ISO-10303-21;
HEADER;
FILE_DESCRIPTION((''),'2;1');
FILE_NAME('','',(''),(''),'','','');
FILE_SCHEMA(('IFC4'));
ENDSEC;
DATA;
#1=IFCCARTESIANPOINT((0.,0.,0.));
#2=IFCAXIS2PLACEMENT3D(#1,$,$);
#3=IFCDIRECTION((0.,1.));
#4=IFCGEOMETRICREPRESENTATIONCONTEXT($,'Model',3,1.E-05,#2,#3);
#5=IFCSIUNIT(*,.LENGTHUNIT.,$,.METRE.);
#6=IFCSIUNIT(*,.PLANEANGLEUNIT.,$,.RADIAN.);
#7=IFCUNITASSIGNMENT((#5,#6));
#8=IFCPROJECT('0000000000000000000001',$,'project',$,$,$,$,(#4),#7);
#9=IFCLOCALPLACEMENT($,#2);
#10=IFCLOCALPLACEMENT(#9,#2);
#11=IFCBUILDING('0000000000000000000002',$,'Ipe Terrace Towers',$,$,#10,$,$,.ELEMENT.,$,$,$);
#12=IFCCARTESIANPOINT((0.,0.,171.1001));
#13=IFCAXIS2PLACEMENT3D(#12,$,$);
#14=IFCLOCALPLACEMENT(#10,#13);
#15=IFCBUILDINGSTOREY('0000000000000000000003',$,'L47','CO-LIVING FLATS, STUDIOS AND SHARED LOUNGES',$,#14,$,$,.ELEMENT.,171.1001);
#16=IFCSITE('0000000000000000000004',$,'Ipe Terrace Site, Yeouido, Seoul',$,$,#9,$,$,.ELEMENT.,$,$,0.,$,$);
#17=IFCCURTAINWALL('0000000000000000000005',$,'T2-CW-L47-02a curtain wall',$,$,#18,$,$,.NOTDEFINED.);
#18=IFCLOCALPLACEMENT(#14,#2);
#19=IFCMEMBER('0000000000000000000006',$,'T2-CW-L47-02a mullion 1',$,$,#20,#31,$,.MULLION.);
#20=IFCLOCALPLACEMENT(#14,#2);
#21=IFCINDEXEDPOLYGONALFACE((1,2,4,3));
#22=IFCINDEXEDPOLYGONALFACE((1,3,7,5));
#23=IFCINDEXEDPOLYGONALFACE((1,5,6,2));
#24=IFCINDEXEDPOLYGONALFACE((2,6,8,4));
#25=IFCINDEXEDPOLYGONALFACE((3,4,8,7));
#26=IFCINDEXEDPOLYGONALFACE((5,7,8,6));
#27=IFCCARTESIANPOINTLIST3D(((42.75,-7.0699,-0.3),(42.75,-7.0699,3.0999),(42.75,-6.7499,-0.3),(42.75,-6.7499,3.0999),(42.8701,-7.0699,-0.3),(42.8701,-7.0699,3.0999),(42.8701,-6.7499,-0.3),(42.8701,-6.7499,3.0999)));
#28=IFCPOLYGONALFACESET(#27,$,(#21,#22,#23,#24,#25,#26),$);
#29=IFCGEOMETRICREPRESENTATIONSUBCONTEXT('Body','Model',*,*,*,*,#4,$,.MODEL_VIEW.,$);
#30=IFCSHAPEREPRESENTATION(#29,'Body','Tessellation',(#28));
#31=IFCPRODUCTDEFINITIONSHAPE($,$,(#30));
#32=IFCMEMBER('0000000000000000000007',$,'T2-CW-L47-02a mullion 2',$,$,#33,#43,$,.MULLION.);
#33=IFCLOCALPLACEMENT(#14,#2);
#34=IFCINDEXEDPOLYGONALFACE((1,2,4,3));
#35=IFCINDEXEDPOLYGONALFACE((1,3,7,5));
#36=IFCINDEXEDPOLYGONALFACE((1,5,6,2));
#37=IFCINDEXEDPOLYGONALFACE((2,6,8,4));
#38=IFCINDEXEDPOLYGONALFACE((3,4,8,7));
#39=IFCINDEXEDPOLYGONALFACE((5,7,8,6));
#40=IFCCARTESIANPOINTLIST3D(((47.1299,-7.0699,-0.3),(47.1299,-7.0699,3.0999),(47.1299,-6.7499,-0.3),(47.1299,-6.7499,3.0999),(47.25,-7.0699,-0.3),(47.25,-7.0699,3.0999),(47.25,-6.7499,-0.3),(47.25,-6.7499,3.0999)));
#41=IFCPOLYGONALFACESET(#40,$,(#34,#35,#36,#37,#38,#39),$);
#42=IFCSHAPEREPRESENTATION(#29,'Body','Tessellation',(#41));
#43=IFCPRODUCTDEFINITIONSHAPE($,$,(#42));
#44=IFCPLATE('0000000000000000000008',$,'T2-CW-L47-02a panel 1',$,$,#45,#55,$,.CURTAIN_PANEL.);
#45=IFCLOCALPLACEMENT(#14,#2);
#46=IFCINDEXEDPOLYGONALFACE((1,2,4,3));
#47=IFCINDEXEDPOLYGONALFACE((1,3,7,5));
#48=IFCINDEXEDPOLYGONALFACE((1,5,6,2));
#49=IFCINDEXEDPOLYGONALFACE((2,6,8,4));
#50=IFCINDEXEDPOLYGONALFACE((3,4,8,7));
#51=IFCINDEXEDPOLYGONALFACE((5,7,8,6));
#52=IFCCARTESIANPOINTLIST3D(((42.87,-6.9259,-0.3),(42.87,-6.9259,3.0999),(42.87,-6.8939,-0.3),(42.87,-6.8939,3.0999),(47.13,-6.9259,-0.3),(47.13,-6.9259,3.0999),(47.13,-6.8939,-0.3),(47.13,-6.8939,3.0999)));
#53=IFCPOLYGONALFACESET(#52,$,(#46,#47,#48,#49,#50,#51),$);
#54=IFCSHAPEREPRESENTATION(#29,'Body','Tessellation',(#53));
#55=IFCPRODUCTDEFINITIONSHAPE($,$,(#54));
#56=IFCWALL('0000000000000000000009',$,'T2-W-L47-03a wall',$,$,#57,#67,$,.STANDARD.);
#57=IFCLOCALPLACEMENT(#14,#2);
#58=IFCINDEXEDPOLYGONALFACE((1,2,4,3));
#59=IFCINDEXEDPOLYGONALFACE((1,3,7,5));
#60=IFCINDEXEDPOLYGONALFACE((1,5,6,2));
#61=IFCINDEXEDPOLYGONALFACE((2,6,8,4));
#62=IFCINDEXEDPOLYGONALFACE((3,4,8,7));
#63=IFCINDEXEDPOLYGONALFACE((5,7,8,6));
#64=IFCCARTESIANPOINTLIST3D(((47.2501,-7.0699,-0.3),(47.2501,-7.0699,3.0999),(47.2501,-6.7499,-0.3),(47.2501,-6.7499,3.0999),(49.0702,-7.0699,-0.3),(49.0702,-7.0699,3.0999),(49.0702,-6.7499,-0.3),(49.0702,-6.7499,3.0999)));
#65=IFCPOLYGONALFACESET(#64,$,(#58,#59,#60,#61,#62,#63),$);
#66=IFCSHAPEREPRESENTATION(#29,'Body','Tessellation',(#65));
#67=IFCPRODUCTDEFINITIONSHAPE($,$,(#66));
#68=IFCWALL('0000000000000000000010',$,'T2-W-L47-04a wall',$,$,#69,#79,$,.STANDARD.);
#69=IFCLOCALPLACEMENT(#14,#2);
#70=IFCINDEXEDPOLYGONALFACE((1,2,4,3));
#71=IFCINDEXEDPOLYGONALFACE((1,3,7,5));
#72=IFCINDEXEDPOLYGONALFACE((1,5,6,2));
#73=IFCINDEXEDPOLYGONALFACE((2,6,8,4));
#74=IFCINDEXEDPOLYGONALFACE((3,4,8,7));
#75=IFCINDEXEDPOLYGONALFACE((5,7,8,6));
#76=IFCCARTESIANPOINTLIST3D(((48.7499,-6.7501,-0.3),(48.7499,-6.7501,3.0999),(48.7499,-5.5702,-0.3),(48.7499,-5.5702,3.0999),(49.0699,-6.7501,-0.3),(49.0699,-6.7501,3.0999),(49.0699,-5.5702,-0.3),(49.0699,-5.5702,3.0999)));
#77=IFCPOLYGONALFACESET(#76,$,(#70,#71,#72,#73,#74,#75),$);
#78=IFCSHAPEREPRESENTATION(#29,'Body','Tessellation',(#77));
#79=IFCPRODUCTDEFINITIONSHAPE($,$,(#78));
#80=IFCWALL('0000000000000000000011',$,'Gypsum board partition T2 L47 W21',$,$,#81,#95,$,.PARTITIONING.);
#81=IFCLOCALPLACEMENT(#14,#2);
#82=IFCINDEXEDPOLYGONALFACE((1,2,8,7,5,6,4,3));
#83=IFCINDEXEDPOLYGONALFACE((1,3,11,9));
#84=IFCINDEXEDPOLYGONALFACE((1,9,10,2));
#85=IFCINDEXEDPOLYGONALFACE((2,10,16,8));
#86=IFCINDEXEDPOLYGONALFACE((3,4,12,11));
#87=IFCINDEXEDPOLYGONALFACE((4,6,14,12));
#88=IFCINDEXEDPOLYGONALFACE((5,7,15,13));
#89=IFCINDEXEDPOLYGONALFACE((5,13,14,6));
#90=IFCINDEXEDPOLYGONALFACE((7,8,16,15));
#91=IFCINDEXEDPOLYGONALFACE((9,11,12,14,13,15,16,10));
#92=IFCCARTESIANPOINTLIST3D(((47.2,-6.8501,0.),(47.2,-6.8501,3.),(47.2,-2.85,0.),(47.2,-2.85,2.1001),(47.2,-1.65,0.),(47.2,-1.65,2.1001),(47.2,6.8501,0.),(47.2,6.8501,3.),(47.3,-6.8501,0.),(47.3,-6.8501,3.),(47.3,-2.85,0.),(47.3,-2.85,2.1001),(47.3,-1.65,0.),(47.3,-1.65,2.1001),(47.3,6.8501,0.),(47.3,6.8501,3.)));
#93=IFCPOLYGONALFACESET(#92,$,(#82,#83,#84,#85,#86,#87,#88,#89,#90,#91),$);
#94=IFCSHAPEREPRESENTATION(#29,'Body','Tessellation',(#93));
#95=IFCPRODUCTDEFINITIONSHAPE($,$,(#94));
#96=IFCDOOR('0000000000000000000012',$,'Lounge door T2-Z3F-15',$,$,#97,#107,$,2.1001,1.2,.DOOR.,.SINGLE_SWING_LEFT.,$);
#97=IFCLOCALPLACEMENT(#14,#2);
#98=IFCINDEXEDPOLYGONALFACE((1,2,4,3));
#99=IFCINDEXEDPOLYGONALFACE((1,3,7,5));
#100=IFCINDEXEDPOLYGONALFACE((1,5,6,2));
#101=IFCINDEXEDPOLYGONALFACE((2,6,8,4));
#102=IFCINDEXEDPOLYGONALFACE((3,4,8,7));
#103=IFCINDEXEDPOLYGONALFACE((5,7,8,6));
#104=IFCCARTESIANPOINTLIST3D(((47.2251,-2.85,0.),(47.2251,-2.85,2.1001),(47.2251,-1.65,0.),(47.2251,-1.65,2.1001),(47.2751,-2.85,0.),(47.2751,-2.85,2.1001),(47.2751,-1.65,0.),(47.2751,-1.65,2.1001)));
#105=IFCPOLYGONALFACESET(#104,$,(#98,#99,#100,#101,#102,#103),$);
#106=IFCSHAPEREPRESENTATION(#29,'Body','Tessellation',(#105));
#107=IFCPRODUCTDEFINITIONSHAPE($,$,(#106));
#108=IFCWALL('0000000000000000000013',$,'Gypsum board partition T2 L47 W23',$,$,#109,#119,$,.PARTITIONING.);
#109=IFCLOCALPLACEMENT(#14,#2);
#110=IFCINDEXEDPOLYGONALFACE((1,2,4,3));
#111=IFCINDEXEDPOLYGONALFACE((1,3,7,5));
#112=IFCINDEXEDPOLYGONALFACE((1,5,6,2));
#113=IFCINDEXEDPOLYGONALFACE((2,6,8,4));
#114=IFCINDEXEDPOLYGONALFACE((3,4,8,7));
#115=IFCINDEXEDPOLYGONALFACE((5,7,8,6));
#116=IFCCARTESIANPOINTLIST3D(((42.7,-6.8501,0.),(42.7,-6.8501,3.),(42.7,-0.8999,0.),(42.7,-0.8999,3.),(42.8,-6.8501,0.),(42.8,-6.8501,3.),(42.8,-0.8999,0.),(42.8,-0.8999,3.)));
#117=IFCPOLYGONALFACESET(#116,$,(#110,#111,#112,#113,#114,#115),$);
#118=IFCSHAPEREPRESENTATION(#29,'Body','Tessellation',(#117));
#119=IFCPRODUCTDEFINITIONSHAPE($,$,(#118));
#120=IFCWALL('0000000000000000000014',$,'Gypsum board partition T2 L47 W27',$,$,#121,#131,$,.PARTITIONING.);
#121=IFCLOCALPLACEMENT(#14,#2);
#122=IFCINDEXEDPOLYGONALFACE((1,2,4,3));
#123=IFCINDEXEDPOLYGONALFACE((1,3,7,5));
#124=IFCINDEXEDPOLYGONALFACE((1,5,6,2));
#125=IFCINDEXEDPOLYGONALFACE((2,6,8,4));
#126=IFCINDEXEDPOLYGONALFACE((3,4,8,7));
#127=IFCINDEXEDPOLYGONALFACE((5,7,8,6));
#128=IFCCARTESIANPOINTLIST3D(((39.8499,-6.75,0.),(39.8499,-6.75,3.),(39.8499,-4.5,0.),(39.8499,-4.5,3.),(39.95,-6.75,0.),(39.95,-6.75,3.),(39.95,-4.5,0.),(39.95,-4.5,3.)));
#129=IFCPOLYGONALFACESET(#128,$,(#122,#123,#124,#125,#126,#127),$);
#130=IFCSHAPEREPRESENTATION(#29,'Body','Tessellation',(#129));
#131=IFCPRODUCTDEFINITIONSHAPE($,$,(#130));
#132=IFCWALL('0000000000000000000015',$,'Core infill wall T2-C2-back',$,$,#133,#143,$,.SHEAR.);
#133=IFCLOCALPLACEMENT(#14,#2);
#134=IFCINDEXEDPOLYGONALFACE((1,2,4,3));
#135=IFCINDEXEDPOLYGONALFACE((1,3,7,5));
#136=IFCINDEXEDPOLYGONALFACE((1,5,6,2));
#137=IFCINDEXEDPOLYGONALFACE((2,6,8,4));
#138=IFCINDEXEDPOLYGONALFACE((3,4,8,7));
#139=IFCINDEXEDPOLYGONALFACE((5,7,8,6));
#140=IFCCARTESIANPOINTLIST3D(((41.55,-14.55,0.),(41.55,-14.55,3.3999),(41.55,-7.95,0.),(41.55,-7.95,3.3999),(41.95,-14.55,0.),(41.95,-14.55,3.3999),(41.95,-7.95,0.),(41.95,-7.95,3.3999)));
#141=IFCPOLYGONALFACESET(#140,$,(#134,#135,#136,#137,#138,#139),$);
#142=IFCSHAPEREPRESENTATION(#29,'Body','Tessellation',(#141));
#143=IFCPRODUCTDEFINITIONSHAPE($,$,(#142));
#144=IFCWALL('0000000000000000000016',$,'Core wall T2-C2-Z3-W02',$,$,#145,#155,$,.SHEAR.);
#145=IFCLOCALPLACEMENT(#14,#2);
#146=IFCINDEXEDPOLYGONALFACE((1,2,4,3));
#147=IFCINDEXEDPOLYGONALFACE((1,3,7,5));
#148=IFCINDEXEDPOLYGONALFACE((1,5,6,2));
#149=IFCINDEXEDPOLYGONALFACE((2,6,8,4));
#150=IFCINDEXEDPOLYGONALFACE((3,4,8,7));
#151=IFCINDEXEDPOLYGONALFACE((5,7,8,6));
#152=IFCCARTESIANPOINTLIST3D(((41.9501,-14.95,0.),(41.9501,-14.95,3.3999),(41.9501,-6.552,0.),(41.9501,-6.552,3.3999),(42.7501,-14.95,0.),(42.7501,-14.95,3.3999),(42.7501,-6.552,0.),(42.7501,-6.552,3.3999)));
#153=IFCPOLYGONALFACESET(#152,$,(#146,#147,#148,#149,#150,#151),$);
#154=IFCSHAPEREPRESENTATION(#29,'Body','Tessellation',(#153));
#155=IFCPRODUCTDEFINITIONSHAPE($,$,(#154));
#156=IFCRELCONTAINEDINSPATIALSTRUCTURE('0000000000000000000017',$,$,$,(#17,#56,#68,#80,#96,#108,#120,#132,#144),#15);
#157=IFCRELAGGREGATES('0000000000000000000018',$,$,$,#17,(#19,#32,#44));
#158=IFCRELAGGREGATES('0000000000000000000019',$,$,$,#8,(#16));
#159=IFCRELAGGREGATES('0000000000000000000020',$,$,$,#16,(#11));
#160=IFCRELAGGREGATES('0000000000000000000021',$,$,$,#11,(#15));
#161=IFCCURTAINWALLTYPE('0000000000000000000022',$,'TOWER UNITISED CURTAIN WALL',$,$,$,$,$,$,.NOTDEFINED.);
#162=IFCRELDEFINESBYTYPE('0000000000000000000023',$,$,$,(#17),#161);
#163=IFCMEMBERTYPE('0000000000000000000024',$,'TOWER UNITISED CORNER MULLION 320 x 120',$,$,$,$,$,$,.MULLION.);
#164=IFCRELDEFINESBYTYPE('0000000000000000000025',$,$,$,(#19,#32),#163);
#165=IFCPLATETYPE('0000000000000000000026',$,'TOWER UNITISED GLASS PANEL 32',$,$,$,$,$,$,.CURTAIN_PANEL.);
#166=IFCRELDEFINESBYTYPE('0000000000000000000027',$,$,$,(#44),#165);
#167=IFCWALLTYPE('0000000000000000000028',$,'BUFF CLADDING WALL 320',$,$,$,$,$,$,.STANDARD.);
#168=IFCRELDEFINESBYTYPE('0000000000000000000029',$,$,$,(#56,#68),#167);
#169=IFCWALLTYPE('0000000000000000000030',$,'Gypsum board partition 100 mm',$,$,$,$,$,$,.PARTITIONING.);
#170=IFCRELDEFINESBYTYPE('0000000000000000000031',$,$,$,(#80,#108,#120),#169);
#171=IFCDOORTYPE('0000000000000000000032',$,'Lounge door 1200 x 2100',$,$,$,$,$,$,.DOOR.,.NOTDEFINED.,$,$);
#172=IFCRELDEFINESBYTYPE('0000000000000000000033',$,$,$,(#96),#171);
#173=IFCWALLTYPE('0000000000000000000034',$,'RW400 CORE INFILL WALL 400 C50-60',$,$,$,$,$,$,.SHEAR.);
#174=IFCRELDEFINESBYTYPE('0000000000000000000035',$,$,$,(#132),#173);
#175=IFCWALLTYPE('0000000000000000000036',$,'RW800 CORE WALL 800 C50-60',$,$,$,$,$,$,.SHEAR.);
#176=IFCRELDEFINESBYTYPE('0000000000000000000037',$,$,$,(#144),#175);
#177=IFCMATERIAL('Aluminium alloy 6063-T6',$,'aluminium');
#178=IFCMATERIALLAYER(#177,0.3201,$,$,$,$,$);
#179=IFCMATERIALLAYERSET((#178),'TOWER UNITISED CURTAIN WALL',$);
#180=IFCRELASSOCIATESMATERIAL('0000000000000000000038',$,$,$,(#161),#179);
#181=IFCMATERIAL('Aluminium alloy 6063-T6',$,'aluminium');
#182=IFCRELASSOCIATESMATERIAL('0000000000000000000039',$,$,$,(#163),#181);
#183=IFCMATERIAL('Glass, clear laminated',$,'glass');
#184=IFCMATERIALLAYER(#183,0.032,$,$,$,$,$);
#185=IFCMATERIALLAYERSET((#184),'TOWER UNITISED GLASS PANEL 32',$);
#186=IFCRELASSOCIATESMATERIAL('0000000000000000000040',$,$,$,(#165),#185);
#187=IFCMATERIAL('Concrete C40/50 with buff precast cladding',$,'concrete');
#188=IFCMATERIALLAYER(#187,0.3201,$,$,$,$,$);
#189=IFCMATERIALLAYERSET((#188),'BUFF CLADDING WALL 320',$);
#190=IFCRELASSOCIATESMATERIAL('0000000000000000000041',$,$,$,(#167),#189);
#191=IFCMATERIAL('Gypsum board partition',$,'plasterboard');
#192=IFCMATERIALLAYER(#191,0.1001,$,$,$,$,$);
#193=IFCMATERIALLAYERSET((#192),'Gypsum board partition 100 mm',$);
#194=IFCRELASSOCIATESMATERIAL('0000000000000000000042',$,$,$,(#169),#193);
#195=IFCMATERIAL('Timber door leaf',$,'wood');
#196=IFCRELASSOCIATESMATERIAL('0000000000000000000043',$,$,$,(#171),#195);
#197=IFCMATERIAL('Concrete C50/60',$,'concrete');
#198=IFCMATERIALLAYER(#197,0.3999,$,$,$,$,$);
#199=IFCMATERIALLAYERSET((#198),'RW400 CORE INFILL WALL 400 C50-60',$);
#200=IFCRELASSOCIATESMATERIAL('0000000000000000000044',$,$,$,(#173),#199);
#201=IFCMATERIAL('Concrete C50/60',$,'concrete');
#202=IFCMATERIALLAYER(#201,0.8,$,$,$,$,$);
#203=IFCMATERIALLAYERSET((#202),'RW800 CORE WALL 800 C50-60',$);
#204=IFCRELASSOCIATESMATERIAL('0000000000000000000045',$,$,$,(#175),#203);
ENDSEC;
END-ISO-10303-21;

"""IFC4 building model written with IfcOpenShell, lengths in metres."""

from ifc_helpers import new_model, si_unit, direction, frame, frame_2d, origin, origin_2d, place, context, subcontext, project, spatial, rectangle, extrude, material, layer, layer_set, material_profile, profile_set, type_object, element, fill, aggregate, save


model = new_model("IFC4")

# Units and contexts
model_context = context("Model", 3, precision=1e-05, world=origin(), true_north=direction((0.0, 1.0)))
body_context = subcontext(model_context, "Body", "Model", "MODEL_VIEW")
ifc_project = project(units=[si_unit("LENGTHUNIT", "METRE"), si_unit("PLANEANGLEUNIT", "RADIAN")], contexts=[model_context])

# Site, building, storey
site_placement = place(None, origin())
site = spatial("IfcSite", under=ifc_project, at=site_placement, Name="Ipe Terrace Site, Yeouido, Seoul", CompositionType="ELEMENT", RefElevation=0.0)
building_placement = place(site_placement, origin())
building = spatial("IfcBuilding", under=site, at=building_placement, Name="Ipe Terrace Towers", CompositionType="ELEMENT")
storey_placement = place(building_placement, frame((0.0, 0.0, 171.1001)))
storey = spatial("IfcBuildingStorey", under=building, at=storey_placement, Name="L47", Description="CO-LIVING FLATS, STUDIOS AND SHARED LOUNGES", CompositionType="ELEMENT", Elevation=171.1001)

# Curtain wall, members, plate
ifc_material_1 = material(Name="Aluminium alloy 6063-T6", Category="aluminium")
ifc_layer_1 = layer(ifc_material_1, 0.3201)
ifc_layer_set_1 = layer_set([ifc_layer_1], Name="TOWER UNITISED CURTAIN WALL")
curtain_wall_type = type_object("IfcCurtainWallType", Name="TOWER UNITISED CURTAIN WALL", PredefinedType="NOTDEFINED", material=ifc_layer_set_1)
curtain_wall_placement = place(storey_placement, origin())
curtain_wall = element("IfcCurtainWall", 1, at=curtain_wall_placement, inside=storey, type_object=curtain_wall_type, Name="T2-CW-L47-02a curtain wall", PredefinedType="NOTDEFINED")
ifc_material_2 = material(Name="Aluminium alloy 6063-T6", Category="aluminium")
ifc_material_profile = material_profile(ifc_material_2, rectangle(XDim=0.3201, YDim=0.1201, at=origin_2d()), Name="TOWER UNITISED CORNER MULLION 320 x 120")
ifc_profile_set = profile_set([ifc_material_profile], Name="Aluminium alloy 6063-T6")
member_type = type_object("IfcMemberType", Name="TOWER UNITISED CORNER MULLION 320 x 120", PredefinedType="MULLION", material=ifc_profile_set)
member_1_placement = place(storey_placement, frame((42.8101, -6.9099, -0.3), z_axis=(0.0, 0.0, 1.0), x_axis=(0.0, -1.0, 0.0)))
member_1 = element("IfcMember", 2, at=member_1_placement, type_object=member_type, Name="T2-CW-L47-02a mullion 1", PredefinedType="MULLION", context=body_context, shape_type="SweptSolid", body=[
    extrude(rectangle(XDim=0.3201, YDim=0.1201, at=origin_2d()), origin(), (0.0, 0.0, 1.0), 3.3999),
])
member_2_placement = place(storey_placement, frame((47.1899, -6.9099, -0.3), z_axis=(0.0, 0.0, 1.0), x_axis=(0.0, -1.0, 0.0)))
member_2 = element("IfcMember", 3, at=member_2_placement, type_object=member_type, Name="T2-CW-L47-02a mullion 2", PredefinedType="MULLION", context=body_context, shape_type="SweptSolid", body=[
    extrude(rectangle(XDim=0.3201, YDim=0.1201, at=origin_2d()), origin(), (0.0, 0.0, 1.0), 3.3999),
])
ifc_material_3 = material(Name="Glass, clear laminated", Category="glass")
ifc_layer_2 = layer(ifc_material_3, 0.032)
ifc_layer_set_2 = layer_set([ifc_layer_2], Name="TOWER UNITISED GLASS PANEL 32")
plate_type = type_object("IfcPlateType", Name="TOWER UNITISED GLASS PANEL 32", PredefinedType="CURTAIN_PANEL", material=ifc_layer_set_2)
plate_placement = place(storey_placement, frame((45.0, -6.9099, -0.3), z_axis=(0.0, 0.0, 1.0), x_axis=(1.0, 0.0, 0.0)))
plate = element("IfcPlate", 4, at=plate_placement, type_object=plate_type, Name="T2-CW-L47-02a panel 1", PredefinedType="CURTAIN_PANEL", context=body_context, shape_type="SweptSolid", body=[
    extrude(rectangle(XDim=4.26, YDim=0.032, at=origin_2d()), origin(), (0.0, 0.0, 1.0), 3.3999),
])
aggregate(curtain_wall, [member_1, member_2, plate])

# Walls
ifc_material_4 = material(Name="Concrete C40/50 with buff precast cladding", Category="concrete")
ifc_layer_3 = layer(ifc_material_4, 0.3201)
ifc_layer_set_3 = layer_set([ifc_layer_3], Name="BUFF CLADDING WALL 320")
wall_type_1 = type_object("IfcWallType", Name="BUFF CLADDING WALL 320", PredefinedType="STANDARD", material=ifc_layer_set_3)
wall_1_placement = place(storey_placement, frame((47.25, -6.9099, -0.3), z_axis=(0.0, 0.0, 1.0), x_axis=(1.0, 0.0, 0.0)))
element("IfcWall", 5, at=wall_1_placement, inside=storey, type_object=wall_type_1, Name="T2-W-L47-03a wall", PredefinedType="STANDARD", context=body_context, shape_type="SweptSolid", body=[
    extrude(rectangle(XDim=1.8201, YDim=0.3201, at=frame_2d((0.9102, 0.0))), origin(), (0.0, 0.0, 1.0), 3.3999),
])
wall_2_placement = place(storey_placement, frame((48.9099, -6.75, -0.3), z_axis=(0.0, 0.0, 1.0), x_axis=(0.0, 1.0, 0.0)))
element("IfcWall", 6, at=wall_2_placement, inside=storey, type_object=wall_type_1, Name="T2-W-L47-04a wall", PredefinedType="STANDARD", context=body_context, shape_type="SweptSolid", body=[
    extrude(rectangle(XDim=1.1799, YDim=0.3201, at=frame_2d((0.5898, 0.0))), origin(), (0.0, 0.0, 1.0), 3.3999),
])

# Wall, opening, door
ifc_material_5 = material(Name="Gypsum board partition", Category="plasterboard")
ifc_layer_4 = layer(ifc_material_5, 0.1001)
ifc_layer_set_4 = layer_set([ifc_layer_4], Name="Gypsum board partition 100 mm")
wall_type_2 = type_object("IfcWallType", Name="Gypsum board partition 100 mm", PredefinedType="PARTITIONING", material=ifc_layer_set_4)
wall_3_placement = place(storey_placement, frame((47.25, -6.8501, 0.0), z_axis=(0.0, 0.0, 1.0), x_axis=(0.0, 1.0, 0.0)))
wall_3 = element("IfcWall", 7, at=wall_3_placement, inside=storey, type_object=wall_type_2, Name="Gypsum board partition T2 L47 W21", PredefinedType="PARTITIONING", context=body_context, shape_type="SweptSolid", body=[
    extrude(rectangle(XDim=13.7002, YDim=0.1001, at=frame_2d((6.8501, 0.0))), origin(), (0.0, 0.0, 1.0), 3.0),
])
opening_1_placement = place(wall_3_placement, frame((4.0, 0.0, 0.0)))
opening_1 = element("IfcOpeningElement", 8, at=opening_1_placement, cuts=wall_3, PredefinedType="OPENING", context=body_context, shape_type="SweptSolid", body=[
    extrude(rectangle(XDim=1.2, YDim=2.1001, at=frame_2d((0.6001, 1.05))), frame((0.0, 0.0601, 0.0), z_axis=(0.0, -1.0, 0.0), x_axis=(1.0, 0.0, 0.0)), (0.0, 0.0, 1.0), 0.1201),
])
ifc_material_6 = material(Name="Timber door leaf", Category="wood")
door_type_1 = type_object("IfcDoorType", Name="Lounge door 1200 x 2100", OperationType="NOTDEFINED", PredefinedType="DOOR", material=ifc_material_6)
door_1_placement = place(opening_1_placement, origin())
door_1 = element("IfcDoor", 9, at=door_1_placement, inside=storey, type_object=door_type_1, Name="Lounge door T2-Z3F-15", OperationType="SINGLE_SWING_LEFT", OverallHeight=2.1001, OverallWidth=1.2, PredefinedType="DOOR", context=body_context, shape_type="SweptSolid", body=[
    extrude(rectangle(XDim=1.2, YDim=2.1001, at=frame_2d((0.6001, 1.05))), frame((0.0, 0.0249, 0.0), z_axis=(0.0, -1.0, 0.0), x_axis=(1.0, 0.0, 0.0)), (0.0, 0.0, 1.0), 0.05),
])
fill(opening_1, door_1)

# Walls
wall_4_placement = place(storey_placement, frame((42.75, -6.8501, 0.0), z_axis=(0.0, 0.0, 1.0), x_axis=(0.0, 1.0, 0.0)))
element("IfcWall", 10, at=wall_4_placement, inside=storey, type_object=wall_type_2, Name="Gypsum board partition T2 L47 W23", PredefinedType="PARTITIONING", context=body_context, shape_type="SweptSolid", body=[
    extrude(rectangle(XDim=5.9502, YDim=0.1001, at=frame_2d((2.9751, 0.0))), origin(), (0.0, 0.0, 1.0), 3.0),
])
wall_5_placement = place(storey_placement, frame((39.8999, -6.75, 0.0), z_axis=(0.0, 0.0, 1.0), x_axis=(0.0, 1.0, 0.0)))
element("IfcWall", 11, at=wall_5_placement, inside=storey, type_object=wall_type_2, Name="Gypsum board partition T2 L47 W27", PredefinedType="PARTITIONING", context=body_context, shape_type="SweptSolid", body=[
    extrude(rectangle(XDim=2.25, YDim=0.1001, at=frame_2d((1.125, 0.0))), origin(), (0.0, 0.0, 1.0), 3.0),
])
ifc_material_7 = material(Name="Concrete C50/60", Category="concrete")
ifc_layer_5 = layer(ifc_material_7, 0.3999)
ifc_layer_set_5 = layer_set([ifc_layer_5], Name="RW400 CORE INFILL WALL 400 C50-60")
wall_type_3 = type_object("IfcWallType", Name="RW400 CORE INFILL WALL 400 C50-60", PredefinedType="SHEAR", material=ifc_layer_set_5)
wall_6_placement = place(storey_placement, frame((41.75, -7.95, 0.0), z_axis=(0.0, 0.0, 1.0), x_axis=(0.0, -1.0, 0.0)))
element("IfcWall", 12, at=wall_6_placement, inside=storey, type_object=wall_type_3, Name="Core infill wall T2-C2-back", PredefinedType="SHEAR", context=body_context, shape_type="SweptSolid", body=[
    extrude(rectangle(XDim=6.6001, YDim=0.3999, at=frame_2d((3.3, 0.0))), origin(), (0.0, 0.0, 1.0), 3.3999),
])
ifc_material_8 = material(Name="Concrete C50/60", Category="concrete")
ifc_layer_6 = layer(ifc_material_8, 0.8)
ifc_layer_set_6 = layer_set([ifc_layer_6], Name="RW800 CORE WALL 800 C50-60")
wall_type_4 = type_object("IfcWallType", Name="RW800 CORE WALL 800 C50-60", PredefinedType="SHEAR", material=ifc_layer_set_6)
wall_7_placement = place(storey_placement, frame((42.3501, -14.95, 0.0), z_axis=(0.0, 0.0, 1.0), x_axis=(0.0, 1.0, 0.0)))
element("IfcWall", 13, at=wall_7_placement, inside=storey, type_object=wall_type_4, Name="Core wall T2-C2-Z3-W02", PredefinedType="SHEAR", context=body_context, shape_type="SweptSolid", body=[
    extrude(rectangle(XDim=8.3979, YDim=0.8, at=frame_2d((4.199, 0.0))), origin(), (0.0, 0.0, 1.0), 3.3999),
])

save(model, "model.ifc")
